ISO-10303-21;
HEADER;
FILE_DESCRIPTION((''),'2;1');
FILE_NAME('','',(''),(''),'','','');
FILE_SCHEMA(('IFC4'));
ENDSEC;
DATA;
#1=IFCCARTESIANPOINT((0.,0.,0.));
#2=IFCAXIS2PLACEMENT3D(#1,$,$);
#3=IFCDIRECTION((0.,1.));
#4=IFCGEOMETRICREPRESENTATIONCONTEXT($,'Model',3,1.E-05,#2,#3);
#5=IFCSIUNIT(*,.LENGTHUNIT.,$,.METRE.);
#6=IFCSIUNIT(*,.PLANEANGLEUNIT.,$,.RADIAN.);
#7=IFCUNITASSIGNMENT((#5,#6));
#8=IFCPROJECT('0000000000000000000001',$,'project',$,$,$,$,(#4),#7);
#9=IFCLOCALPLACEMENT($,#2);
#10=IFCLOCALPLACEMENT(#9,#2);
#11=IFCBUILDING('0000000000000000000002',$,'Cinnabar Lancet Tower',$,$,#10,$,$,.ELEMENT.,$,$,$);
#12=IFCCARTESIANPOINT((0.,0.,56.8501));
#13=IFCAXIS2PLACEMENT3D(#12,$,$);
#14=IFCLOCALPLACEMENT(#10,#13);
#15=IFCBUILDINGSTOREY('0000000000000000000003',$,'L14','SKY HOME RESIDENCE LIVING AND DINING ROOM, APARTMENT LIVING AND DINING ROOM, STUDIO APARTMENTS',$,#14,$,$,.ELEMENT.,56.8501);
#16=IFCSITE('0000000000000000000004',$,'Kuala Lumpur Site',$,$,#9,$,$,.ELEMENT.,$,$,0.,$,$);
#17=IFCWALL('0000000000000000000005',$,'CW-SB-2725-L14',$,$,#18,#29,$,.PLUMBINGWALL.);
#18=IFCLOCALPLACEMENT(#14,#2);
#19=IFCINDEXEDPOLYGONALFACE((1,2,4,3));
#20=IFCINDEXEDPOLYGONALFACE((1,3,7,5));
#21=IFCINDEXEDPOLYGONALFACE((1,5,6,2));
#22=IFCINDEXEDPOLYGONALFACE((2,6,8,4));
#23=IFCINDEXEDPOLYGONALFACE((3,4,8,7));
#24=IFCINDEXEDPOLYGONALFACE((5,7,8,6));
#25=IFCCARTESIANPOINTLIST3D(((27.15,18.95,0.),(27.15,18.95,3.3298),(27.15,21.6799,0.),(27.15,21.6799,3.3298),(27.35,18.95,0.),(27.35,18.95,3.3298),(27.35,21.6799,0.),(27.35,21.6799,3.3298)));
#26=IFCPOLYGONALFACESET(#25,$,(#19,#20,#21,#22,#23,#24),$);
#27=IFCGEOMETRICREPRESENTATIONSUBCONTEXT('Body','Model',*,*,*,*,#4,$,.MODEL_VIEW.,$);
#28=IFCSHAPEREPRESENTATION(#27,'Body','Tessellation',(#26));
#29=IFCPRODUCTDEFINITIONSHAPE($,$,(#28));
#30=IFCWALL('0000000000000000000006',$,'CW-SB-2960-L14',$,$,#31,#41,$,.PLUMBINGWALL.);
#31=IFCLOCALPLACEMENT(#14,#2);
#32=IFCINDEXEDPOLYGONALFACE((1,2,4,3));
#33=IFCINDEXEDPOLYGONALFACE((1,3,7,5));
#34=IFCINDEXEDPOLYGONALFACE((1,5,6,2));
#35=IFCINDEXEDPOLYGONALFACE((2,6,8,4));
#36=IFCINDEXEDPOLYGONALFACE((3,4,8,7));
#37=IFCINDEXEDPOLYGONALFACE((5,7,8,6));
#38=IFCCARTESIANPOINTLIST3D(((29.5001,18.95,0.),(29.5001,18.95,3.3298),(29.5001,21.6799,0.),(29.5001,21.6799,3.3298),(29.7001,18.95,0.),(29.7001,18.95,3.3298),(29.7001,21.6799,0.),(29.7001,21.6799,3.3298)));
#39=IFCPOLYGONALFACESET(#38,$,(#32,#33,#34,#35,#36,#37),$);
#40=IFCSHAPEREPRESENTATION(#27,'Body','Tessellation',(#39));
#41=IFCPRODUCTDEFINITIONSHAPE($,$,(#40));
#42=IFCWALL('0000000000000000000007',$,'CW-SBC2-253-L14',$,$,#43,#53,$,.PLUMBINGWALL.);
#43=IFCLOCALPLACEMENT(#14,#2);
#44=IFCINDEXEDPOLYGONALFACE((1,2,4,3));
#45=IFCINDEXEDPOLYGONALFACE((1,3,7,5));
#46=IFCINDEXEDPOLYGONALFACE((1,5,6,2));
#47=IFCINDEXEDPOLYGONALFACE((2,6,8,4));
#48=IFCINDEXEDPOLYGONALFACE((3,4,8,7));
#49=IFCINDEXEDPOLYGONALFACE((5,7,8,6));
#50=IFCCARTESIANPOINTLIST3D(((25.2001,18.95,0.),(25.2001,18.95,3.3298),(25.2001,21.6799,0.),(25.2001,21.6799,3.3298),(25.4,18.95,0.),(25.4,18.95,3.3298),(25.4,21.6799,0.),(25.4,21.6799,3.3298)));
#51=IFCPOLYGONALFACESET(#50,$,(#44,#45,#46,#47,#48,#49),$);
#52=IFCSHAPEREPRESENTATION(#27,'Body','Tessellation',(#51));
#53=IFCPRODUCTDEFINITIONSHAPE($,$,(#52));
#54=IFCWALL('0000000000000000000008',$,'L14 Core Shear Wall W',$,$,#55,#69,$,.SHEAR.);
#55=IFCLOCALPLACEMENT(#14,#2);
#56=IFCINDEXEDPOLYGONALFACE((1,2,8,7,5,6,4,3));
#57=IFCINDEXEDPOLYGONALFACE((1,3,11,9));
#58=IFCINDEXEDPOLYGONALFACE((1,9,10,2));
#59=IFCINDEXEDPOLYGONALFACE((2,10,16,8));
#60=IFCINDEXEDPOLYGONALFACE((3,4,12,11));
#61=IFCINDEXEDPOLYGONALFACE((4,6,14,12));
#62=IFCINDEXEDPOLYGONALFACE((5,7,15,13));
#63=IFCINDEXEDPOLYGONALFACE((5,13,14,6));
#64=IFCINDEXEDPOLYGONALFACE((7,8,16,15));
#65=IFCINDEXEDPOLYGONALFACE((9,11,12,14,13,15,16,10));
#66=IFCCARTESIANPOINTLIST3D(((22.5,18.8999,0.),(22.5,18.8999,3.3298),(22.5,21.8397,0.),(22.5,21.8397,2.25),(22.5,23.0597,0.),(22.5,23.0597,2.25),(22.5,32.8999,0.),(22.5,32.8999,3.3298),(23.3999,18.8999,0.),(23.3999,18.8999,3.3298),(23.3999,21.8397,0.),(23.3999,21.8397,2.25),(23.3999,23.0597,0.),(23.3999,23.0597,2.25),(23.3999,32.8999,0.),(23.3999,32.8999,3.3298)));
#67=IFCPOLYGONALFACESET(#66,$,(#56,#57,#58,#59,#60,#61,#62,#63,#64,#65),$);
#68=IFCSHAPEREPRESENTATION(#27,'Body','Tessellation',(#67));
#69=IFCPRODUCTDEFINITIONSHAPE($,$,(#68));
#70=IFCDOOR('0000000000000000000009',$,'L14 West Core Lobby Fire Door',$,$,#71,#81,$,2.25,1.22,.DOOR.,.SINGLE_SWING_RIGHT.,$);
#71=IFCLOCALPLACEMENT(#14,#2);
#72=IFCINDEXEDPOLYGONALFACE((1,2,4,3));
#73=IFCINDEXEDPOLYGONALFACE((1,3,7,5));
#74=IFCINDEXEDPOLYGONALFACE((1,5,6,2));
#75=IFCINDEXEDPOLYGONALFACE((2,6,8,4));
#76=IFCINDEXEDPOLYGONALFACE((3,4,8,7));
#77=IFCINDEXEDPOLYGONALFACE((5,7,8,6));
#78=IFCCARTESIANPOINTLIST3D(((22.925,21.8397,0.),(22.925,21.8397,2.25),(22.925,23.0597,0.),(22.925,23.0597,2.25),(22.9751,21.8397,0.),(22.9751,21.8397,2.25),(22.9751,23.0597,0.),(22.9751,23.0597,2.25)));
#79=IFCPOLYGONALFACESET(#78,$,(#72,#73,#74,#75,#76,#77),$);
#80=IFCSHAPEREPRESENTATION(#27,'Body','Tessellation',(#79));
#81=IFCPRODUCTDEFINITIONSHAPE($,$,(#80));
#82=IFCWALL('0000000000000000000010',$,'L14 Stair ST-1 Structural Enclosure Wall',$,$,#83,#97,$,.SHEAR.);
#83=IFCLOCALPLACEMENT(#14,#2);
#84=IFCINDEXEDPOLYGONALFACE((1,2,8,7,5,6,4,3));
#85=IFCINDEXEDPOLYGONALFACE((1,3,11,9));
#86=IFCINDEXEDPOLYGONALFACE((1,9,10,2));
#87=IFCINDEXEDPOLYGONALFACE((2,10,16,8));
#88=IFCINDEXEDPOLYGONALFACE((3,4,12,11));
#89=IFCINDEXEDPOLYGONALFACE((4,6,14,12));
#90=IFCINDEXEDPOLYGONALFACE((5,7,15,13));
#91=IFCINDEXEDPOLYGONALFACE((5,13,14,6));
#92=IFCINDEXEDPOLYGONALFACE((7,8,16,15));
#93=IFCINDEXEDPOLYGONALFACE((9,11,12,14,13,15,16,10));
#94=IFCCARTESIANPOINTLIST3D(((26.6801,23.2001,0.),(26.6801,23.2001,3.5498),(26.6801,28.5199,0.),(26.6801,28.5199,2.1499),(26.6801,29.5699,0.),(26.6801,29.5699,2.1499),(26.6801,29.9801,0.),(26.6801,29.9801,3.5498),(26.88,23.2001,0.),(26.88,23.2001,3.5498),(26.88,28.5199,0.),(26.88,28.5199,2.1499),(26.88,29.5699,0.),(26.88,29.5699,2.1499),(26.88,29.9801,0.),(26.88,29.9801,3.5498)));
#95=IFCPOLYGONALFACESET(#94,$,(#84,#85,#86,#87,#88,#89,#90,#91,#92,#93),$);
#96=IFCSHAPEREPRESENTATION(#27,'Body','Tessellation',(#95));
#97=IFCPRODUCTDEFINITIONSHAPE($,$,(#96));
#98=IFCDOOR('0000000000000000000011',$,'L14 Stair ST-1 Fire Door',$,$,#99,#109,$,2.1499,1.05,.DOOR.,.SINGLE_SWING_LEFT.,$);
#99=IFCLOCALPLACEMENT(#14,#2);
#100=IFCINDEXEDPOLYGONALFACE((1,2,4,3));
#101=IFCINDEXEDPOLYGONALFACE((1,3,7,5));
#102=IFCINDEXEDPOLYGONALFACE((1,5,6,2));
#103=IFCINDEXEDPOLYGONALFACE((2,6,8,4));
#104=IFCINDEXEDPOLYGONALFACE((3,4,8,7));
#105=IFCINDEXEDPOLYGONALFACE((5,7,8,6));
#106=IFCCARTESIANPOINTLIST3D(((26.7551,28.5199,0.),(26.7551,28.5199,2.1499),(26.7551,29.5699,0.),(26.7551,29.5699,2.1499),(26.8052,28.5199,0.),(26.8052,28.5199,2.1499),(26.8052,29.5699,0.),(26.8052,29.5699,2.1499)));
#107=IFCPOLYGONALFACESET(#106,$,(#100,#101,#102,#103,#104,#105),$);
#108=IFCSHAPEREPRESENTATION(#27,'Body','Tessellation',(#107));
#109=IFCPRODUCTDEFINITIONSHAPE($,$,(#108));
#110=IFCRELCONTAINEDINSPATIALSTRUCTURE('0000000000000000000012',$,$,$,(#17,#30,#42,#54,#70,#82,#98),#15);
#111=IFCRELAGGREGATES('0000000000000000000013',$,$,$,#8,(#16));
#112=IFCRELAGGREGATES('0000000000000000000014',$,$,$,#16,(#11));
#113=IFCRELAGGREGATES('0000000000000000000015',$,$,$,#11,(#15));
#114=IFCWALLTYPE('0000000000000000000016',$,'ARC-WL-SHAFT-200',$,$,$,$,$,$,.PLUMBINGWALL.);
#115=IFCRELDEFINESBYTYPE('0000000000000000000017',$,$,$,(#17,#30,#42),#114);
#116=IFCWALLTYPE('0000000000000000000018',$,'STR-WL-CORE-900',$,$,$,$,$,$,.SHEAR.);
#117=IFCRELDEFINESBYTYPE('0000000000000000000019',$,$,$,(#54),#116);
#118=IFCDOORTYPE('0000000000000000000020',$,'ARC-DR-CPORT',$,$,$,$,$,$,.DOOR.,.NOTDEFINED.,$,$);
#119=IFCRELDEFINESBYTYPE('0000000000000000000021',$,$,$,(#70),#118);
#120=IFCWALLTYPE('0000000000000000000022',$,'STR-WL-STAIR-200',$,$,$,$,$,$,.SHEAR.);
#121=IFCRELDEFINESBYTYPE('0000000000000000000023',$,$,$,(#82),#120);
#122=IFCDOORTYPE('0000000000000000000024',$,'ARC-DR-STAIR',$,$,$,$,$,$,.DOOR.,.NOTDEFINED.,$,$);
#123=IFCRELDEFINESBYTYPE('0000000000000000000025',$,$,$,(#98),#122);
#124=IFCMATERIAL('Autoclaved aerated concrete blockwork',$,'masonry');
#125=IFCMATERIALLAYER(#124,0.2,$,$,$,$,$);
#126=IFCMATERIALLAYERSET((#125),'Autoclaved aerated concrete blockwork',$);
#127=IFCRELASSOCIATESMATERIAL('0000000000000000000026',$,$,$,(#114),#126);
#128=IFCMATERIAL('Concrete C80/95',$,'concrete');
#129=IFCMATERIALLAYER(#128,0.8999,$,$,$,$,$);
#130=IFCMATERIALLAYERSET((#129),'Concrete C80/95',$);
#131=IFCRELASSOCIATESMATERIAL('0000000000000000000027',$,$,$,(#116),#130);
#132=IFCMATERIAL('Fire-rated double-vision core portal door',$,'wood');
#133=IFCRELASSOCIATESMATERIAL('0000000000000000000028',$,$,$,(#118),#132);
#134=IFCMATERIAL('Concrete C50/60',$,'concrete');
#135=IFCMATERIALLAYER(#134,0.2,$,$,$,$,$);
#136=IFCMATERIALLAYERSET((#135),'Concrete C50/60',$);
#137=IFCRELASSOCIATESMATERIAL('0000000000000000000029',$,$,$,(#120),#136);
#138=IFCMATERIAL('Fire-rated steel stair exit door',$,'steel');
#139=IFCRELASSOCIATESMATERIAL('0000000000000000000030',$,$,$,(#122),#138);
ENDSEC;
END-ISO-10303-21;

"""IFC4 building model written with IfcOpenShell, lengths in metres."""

from ifc_helpers import new_model, si_unit, direction, frame, frame_2d, origin, place, context, subcontext, project, spatial, rectangle, extrude, material, layer, layer_set, type_object, element, fill, save


model = new_model("IFC4")

# Units and contexts
model_context = context("Model", 3, precision=1e-05, world=origin(), true_north=direction((0.0, 1.0)))
body_context = subcontext(model_context, "Body", "Model", "MODEL_VIEW")
ifc_project = project(units=[si_unit("LENGTHUNIT", "METRE"), si_unit("PLANEANGLEUNIT", "RADIAN")], contexts=[model_context])

# Site, building, storey
site_placement = place(None, origin())
site = spatial("IfcSite", under=ifc_project, at=site_placement, Name="Kuala Lumpur Site", CompositionType="ELEMENT", RefElevation=0.0)
building_placement = place(site_placement, origin())
building = spatial("IfcBuilding", under=site, at=building_placement, Name="Cinnabar Lancet Tower", CompositionType="ELEMENT")
storey_placement = place(building_placement, frame((0.0, 0.0, 56.8501)))
storey = spatial("IfcBuildingStorey", under=building, at=storey_placement, Name="L14", Description="SKY HOME RESIDENCE LIVING AND DINING ROOM, APARTMENT LIVING AND DINING ROOM, STUDIO APARTMENTS", CompositionType="ELEMENT", Elevation=56.8501)

# Shared definitions
ifc_material_1 = material(Name="Autoclaved aerated concrete blockwork", Category="masonry")
ifc_layer_1 = layer(ifc_material_1, 0.2)
ifc_layer_set_1 = layer_set([ifc_layer_1], Name="Autoclaved aerated concrete blockwork")
wall_type_1 = type_object("IfcWallType", Name="ARC-WL-SHAFT-200", PredefinedType="PLUMBINGWALL", material=ifc_layer_set_1)

# Walls
for number, where, z_axis, x_axis, name in (
    (1, (27.25, 18.95, 0.0), (0.0, 0.0, 1.0), (0.0, 1.0, 0.0), "CW-SB-2725-L14"),
    (2, (29.6001, 18.95, 0.0), (0.0, 0.0, 1.0), (0.0, 1.0, 0.0), "CW-SB-2960-L14"),
    (3, (25.3, 18.95, 0.0), (0.0, 0.0, 1.0), (0.0, 1.0, 0.0), "CW-SBC2-253-L14"),
):
    element("IfcWall", number, at=place(storey_placement, frame(where, z_axis=z_axis, x_axis=x_axis)), inside=storey, type_object=wall_type_1, Name=name, PredefinedType="PLUMBINGWALL", context=body_context, shape_type="SweptSolid", body=[
        extrude(rectangle(XDim=2.73, YDim=0.2, at=frame_2d((1.365, 0.0))), origin(), (0.0, 0.0, 1.0), 3.3298),
    ])

# Walls, openings, doors
ifc_material_2 = material(Name="Concrete C80/95", Category="concrete")
ifc_layer_2 = layer(ifc_material_2, 0.8999)
ifc_layer_set_2 = layer_set([ifc_layer_2], Name="Concrete C80/95")
wall_type_2 = type_object("IfcWallType", Name="STR-WL-CORE-900", PredefinedType="SHEAR", material=ifc_layer_set_2)
wall_1_placement = place(storey_placement, frame((22.95, 18.8999, 0.0), z_axis=(0.0, 0.0, 1.0), x_axis=(0.0, 1.0, 0.0)))
wall_1 = element("IfcWall", 4, at=wall_1_placement, inside=storey, type_object=wall_type_2, Name="L14 Core Shear Wall W", PredefinedType="SHEAR", context=body_context, shape_type="SweptSolid", body=[
    extrude(rectangle(XDim=14.0, YDim=0.8999, at=frame_2d((7.0, 0.0))), origin(), (0.0, 0.0, 1.0), 3.3298),
])
opening_1_placement = place(wall_1_placement, frame((2.9399, 0.0, 0.0)))
opening_1 = element("IfcOpeningElement", 5, at=opening_1_placement, cuts=wall_1, PredefinedType="OPENING", context=body_context, shape_type="SweptSolid", body=[
    extrude(rectangle(XDim=1.22, YDim=2.25, at=frame_2d((0.6099, 1.125))), frame((0.0, 0.46, 0.0), z_axis=(0.0, -1.0, 0.0), x_axis=(1.0, 0.0, 0.0)), (0.0, 0.0, 1.0), 0.9199),
])
ifc_material_3 = material(Name="Fire-rated double-vision core portal door", Category="wood")
door_type_1 = type_object("IfcDoorType", Name="ARC-DR-CPORT", OperationType="NOTDEFINED", PredefinedType="DOOR", material=ifc_material_3)
door_1_placement = place(opening_1_placement, origin())
door_1 = element("IfcDoor", 6, at=door_1_placement, inside=storey, type_object=door_type_1, Name="L14 West Core Lobby Fire Door", OperationType="SINGLE_SWING_RIGHT", OverallHeight=2.25, OverallWidth=1.22, PredefinedType="DOOR", context=body_context, shape_type="SweptSolid", body=[
    extrude(rectangle(XDim=1.22, YDim=2.25, at=frame_2d((0.6099, 1.125))), frame((0.0, 0.0249, 0.0), z_axis=(0.0, -1.0, 0.0), x_axis=(1.0, 0.0, 0.0)), (0.0, 0.0, 1.0), 0.05),
])
fill(opening_1, door_1)
ifc_material_4 = material(Name="Concrete C50/60", Category="concrete")
ifc_layer_3 = layer(ifc_material_4, 0.2)
ifc_layer_set_3 = layer_set([ifc_layer_3], Name="Concrete C50/60")
wall_type_3 = type_object("IfcWallType", Name="STR-WL-STAIR-200", PredefinedType="SHEAR", material=ifc_layer_set_3)
wall_2_placement = place(storey_placement, frame((26.78, 23.2, 0.0), z_axis=(0.0, 0.0, 1.0), x_axis=(0.0, 1.0, 0.0)))
wall_2 = element("IfcWall", 7, at=wall_2_placement, inside=storey, type_object=wall_type_3, Name="L14 Stair ST-1 Structural Enclosure Wall", PredefinedType="SHEAR", context=body_context, shape_type="SweptSolid", body=[
    extrude(rectangle(XDim=6.78, YDim=0.2, at=frame_2d((3.3901, 0.0))), origin(), (0.0, 0.0, 1.0), 3.5498),
])
opening_2_placement = place(wall_2_placement, frame((5.3201, 0.0, 0.0)))
opening_2 = element("IfcOpeningElement", 8, at=opening_2_placement, cuts=wall_2, PredefinedType="OPENING", context=body_context, shape_type="SweptSolid", body=[
    extrude(rectangle(XDim=1.05, YDim=2.1499, at=frame_2d((0.5249, 1.075))), frame((0.0, 0.1099, 0.0), z_axis=(0.0, -1.0, 0.0), x_axis=(1.0, 0.0, 0.0)), (0.0, 0.0, 1.0), 0.22),
])
ifc_material_5 = material(Name="Fire-rated steel stair exit door", Category="steel")
door_type_2 = type_object("IfcDoorType", Name="ARC-DR-STAIR", OperationType="NOTDEFINED", PredefinedType="DOOR", material=ifc_material_5)
door_2_placement = place(opening_2_placement, origin())
door_2 = element("IfcDoor", 9, at=door_2_placement, inside=storey, type_object=door_type_2, Name="L14 Stair ST-1 Fire Door", OperationType="SINGLE_SWING_LEFT", OverallHeight=2.1499, OverallWidth=1.05, PredefinedType="DOOR", context=body_context, shape_type="SweptSolid", body=[
    extrude(rectangle(XDim=1.05, YDim=2.1499, at=frame_2d((0.5249, 1.075))), frame((0.0, 0.0249, 0.0), z_axis=(0.0, -1.0, 0.0), x_axis=(1.0, 0.0, 0.0)), (0.0, 0.0, 1.0), 0.05),
])
fill(opening_2, door_2)

save(model, "model.ifc")
